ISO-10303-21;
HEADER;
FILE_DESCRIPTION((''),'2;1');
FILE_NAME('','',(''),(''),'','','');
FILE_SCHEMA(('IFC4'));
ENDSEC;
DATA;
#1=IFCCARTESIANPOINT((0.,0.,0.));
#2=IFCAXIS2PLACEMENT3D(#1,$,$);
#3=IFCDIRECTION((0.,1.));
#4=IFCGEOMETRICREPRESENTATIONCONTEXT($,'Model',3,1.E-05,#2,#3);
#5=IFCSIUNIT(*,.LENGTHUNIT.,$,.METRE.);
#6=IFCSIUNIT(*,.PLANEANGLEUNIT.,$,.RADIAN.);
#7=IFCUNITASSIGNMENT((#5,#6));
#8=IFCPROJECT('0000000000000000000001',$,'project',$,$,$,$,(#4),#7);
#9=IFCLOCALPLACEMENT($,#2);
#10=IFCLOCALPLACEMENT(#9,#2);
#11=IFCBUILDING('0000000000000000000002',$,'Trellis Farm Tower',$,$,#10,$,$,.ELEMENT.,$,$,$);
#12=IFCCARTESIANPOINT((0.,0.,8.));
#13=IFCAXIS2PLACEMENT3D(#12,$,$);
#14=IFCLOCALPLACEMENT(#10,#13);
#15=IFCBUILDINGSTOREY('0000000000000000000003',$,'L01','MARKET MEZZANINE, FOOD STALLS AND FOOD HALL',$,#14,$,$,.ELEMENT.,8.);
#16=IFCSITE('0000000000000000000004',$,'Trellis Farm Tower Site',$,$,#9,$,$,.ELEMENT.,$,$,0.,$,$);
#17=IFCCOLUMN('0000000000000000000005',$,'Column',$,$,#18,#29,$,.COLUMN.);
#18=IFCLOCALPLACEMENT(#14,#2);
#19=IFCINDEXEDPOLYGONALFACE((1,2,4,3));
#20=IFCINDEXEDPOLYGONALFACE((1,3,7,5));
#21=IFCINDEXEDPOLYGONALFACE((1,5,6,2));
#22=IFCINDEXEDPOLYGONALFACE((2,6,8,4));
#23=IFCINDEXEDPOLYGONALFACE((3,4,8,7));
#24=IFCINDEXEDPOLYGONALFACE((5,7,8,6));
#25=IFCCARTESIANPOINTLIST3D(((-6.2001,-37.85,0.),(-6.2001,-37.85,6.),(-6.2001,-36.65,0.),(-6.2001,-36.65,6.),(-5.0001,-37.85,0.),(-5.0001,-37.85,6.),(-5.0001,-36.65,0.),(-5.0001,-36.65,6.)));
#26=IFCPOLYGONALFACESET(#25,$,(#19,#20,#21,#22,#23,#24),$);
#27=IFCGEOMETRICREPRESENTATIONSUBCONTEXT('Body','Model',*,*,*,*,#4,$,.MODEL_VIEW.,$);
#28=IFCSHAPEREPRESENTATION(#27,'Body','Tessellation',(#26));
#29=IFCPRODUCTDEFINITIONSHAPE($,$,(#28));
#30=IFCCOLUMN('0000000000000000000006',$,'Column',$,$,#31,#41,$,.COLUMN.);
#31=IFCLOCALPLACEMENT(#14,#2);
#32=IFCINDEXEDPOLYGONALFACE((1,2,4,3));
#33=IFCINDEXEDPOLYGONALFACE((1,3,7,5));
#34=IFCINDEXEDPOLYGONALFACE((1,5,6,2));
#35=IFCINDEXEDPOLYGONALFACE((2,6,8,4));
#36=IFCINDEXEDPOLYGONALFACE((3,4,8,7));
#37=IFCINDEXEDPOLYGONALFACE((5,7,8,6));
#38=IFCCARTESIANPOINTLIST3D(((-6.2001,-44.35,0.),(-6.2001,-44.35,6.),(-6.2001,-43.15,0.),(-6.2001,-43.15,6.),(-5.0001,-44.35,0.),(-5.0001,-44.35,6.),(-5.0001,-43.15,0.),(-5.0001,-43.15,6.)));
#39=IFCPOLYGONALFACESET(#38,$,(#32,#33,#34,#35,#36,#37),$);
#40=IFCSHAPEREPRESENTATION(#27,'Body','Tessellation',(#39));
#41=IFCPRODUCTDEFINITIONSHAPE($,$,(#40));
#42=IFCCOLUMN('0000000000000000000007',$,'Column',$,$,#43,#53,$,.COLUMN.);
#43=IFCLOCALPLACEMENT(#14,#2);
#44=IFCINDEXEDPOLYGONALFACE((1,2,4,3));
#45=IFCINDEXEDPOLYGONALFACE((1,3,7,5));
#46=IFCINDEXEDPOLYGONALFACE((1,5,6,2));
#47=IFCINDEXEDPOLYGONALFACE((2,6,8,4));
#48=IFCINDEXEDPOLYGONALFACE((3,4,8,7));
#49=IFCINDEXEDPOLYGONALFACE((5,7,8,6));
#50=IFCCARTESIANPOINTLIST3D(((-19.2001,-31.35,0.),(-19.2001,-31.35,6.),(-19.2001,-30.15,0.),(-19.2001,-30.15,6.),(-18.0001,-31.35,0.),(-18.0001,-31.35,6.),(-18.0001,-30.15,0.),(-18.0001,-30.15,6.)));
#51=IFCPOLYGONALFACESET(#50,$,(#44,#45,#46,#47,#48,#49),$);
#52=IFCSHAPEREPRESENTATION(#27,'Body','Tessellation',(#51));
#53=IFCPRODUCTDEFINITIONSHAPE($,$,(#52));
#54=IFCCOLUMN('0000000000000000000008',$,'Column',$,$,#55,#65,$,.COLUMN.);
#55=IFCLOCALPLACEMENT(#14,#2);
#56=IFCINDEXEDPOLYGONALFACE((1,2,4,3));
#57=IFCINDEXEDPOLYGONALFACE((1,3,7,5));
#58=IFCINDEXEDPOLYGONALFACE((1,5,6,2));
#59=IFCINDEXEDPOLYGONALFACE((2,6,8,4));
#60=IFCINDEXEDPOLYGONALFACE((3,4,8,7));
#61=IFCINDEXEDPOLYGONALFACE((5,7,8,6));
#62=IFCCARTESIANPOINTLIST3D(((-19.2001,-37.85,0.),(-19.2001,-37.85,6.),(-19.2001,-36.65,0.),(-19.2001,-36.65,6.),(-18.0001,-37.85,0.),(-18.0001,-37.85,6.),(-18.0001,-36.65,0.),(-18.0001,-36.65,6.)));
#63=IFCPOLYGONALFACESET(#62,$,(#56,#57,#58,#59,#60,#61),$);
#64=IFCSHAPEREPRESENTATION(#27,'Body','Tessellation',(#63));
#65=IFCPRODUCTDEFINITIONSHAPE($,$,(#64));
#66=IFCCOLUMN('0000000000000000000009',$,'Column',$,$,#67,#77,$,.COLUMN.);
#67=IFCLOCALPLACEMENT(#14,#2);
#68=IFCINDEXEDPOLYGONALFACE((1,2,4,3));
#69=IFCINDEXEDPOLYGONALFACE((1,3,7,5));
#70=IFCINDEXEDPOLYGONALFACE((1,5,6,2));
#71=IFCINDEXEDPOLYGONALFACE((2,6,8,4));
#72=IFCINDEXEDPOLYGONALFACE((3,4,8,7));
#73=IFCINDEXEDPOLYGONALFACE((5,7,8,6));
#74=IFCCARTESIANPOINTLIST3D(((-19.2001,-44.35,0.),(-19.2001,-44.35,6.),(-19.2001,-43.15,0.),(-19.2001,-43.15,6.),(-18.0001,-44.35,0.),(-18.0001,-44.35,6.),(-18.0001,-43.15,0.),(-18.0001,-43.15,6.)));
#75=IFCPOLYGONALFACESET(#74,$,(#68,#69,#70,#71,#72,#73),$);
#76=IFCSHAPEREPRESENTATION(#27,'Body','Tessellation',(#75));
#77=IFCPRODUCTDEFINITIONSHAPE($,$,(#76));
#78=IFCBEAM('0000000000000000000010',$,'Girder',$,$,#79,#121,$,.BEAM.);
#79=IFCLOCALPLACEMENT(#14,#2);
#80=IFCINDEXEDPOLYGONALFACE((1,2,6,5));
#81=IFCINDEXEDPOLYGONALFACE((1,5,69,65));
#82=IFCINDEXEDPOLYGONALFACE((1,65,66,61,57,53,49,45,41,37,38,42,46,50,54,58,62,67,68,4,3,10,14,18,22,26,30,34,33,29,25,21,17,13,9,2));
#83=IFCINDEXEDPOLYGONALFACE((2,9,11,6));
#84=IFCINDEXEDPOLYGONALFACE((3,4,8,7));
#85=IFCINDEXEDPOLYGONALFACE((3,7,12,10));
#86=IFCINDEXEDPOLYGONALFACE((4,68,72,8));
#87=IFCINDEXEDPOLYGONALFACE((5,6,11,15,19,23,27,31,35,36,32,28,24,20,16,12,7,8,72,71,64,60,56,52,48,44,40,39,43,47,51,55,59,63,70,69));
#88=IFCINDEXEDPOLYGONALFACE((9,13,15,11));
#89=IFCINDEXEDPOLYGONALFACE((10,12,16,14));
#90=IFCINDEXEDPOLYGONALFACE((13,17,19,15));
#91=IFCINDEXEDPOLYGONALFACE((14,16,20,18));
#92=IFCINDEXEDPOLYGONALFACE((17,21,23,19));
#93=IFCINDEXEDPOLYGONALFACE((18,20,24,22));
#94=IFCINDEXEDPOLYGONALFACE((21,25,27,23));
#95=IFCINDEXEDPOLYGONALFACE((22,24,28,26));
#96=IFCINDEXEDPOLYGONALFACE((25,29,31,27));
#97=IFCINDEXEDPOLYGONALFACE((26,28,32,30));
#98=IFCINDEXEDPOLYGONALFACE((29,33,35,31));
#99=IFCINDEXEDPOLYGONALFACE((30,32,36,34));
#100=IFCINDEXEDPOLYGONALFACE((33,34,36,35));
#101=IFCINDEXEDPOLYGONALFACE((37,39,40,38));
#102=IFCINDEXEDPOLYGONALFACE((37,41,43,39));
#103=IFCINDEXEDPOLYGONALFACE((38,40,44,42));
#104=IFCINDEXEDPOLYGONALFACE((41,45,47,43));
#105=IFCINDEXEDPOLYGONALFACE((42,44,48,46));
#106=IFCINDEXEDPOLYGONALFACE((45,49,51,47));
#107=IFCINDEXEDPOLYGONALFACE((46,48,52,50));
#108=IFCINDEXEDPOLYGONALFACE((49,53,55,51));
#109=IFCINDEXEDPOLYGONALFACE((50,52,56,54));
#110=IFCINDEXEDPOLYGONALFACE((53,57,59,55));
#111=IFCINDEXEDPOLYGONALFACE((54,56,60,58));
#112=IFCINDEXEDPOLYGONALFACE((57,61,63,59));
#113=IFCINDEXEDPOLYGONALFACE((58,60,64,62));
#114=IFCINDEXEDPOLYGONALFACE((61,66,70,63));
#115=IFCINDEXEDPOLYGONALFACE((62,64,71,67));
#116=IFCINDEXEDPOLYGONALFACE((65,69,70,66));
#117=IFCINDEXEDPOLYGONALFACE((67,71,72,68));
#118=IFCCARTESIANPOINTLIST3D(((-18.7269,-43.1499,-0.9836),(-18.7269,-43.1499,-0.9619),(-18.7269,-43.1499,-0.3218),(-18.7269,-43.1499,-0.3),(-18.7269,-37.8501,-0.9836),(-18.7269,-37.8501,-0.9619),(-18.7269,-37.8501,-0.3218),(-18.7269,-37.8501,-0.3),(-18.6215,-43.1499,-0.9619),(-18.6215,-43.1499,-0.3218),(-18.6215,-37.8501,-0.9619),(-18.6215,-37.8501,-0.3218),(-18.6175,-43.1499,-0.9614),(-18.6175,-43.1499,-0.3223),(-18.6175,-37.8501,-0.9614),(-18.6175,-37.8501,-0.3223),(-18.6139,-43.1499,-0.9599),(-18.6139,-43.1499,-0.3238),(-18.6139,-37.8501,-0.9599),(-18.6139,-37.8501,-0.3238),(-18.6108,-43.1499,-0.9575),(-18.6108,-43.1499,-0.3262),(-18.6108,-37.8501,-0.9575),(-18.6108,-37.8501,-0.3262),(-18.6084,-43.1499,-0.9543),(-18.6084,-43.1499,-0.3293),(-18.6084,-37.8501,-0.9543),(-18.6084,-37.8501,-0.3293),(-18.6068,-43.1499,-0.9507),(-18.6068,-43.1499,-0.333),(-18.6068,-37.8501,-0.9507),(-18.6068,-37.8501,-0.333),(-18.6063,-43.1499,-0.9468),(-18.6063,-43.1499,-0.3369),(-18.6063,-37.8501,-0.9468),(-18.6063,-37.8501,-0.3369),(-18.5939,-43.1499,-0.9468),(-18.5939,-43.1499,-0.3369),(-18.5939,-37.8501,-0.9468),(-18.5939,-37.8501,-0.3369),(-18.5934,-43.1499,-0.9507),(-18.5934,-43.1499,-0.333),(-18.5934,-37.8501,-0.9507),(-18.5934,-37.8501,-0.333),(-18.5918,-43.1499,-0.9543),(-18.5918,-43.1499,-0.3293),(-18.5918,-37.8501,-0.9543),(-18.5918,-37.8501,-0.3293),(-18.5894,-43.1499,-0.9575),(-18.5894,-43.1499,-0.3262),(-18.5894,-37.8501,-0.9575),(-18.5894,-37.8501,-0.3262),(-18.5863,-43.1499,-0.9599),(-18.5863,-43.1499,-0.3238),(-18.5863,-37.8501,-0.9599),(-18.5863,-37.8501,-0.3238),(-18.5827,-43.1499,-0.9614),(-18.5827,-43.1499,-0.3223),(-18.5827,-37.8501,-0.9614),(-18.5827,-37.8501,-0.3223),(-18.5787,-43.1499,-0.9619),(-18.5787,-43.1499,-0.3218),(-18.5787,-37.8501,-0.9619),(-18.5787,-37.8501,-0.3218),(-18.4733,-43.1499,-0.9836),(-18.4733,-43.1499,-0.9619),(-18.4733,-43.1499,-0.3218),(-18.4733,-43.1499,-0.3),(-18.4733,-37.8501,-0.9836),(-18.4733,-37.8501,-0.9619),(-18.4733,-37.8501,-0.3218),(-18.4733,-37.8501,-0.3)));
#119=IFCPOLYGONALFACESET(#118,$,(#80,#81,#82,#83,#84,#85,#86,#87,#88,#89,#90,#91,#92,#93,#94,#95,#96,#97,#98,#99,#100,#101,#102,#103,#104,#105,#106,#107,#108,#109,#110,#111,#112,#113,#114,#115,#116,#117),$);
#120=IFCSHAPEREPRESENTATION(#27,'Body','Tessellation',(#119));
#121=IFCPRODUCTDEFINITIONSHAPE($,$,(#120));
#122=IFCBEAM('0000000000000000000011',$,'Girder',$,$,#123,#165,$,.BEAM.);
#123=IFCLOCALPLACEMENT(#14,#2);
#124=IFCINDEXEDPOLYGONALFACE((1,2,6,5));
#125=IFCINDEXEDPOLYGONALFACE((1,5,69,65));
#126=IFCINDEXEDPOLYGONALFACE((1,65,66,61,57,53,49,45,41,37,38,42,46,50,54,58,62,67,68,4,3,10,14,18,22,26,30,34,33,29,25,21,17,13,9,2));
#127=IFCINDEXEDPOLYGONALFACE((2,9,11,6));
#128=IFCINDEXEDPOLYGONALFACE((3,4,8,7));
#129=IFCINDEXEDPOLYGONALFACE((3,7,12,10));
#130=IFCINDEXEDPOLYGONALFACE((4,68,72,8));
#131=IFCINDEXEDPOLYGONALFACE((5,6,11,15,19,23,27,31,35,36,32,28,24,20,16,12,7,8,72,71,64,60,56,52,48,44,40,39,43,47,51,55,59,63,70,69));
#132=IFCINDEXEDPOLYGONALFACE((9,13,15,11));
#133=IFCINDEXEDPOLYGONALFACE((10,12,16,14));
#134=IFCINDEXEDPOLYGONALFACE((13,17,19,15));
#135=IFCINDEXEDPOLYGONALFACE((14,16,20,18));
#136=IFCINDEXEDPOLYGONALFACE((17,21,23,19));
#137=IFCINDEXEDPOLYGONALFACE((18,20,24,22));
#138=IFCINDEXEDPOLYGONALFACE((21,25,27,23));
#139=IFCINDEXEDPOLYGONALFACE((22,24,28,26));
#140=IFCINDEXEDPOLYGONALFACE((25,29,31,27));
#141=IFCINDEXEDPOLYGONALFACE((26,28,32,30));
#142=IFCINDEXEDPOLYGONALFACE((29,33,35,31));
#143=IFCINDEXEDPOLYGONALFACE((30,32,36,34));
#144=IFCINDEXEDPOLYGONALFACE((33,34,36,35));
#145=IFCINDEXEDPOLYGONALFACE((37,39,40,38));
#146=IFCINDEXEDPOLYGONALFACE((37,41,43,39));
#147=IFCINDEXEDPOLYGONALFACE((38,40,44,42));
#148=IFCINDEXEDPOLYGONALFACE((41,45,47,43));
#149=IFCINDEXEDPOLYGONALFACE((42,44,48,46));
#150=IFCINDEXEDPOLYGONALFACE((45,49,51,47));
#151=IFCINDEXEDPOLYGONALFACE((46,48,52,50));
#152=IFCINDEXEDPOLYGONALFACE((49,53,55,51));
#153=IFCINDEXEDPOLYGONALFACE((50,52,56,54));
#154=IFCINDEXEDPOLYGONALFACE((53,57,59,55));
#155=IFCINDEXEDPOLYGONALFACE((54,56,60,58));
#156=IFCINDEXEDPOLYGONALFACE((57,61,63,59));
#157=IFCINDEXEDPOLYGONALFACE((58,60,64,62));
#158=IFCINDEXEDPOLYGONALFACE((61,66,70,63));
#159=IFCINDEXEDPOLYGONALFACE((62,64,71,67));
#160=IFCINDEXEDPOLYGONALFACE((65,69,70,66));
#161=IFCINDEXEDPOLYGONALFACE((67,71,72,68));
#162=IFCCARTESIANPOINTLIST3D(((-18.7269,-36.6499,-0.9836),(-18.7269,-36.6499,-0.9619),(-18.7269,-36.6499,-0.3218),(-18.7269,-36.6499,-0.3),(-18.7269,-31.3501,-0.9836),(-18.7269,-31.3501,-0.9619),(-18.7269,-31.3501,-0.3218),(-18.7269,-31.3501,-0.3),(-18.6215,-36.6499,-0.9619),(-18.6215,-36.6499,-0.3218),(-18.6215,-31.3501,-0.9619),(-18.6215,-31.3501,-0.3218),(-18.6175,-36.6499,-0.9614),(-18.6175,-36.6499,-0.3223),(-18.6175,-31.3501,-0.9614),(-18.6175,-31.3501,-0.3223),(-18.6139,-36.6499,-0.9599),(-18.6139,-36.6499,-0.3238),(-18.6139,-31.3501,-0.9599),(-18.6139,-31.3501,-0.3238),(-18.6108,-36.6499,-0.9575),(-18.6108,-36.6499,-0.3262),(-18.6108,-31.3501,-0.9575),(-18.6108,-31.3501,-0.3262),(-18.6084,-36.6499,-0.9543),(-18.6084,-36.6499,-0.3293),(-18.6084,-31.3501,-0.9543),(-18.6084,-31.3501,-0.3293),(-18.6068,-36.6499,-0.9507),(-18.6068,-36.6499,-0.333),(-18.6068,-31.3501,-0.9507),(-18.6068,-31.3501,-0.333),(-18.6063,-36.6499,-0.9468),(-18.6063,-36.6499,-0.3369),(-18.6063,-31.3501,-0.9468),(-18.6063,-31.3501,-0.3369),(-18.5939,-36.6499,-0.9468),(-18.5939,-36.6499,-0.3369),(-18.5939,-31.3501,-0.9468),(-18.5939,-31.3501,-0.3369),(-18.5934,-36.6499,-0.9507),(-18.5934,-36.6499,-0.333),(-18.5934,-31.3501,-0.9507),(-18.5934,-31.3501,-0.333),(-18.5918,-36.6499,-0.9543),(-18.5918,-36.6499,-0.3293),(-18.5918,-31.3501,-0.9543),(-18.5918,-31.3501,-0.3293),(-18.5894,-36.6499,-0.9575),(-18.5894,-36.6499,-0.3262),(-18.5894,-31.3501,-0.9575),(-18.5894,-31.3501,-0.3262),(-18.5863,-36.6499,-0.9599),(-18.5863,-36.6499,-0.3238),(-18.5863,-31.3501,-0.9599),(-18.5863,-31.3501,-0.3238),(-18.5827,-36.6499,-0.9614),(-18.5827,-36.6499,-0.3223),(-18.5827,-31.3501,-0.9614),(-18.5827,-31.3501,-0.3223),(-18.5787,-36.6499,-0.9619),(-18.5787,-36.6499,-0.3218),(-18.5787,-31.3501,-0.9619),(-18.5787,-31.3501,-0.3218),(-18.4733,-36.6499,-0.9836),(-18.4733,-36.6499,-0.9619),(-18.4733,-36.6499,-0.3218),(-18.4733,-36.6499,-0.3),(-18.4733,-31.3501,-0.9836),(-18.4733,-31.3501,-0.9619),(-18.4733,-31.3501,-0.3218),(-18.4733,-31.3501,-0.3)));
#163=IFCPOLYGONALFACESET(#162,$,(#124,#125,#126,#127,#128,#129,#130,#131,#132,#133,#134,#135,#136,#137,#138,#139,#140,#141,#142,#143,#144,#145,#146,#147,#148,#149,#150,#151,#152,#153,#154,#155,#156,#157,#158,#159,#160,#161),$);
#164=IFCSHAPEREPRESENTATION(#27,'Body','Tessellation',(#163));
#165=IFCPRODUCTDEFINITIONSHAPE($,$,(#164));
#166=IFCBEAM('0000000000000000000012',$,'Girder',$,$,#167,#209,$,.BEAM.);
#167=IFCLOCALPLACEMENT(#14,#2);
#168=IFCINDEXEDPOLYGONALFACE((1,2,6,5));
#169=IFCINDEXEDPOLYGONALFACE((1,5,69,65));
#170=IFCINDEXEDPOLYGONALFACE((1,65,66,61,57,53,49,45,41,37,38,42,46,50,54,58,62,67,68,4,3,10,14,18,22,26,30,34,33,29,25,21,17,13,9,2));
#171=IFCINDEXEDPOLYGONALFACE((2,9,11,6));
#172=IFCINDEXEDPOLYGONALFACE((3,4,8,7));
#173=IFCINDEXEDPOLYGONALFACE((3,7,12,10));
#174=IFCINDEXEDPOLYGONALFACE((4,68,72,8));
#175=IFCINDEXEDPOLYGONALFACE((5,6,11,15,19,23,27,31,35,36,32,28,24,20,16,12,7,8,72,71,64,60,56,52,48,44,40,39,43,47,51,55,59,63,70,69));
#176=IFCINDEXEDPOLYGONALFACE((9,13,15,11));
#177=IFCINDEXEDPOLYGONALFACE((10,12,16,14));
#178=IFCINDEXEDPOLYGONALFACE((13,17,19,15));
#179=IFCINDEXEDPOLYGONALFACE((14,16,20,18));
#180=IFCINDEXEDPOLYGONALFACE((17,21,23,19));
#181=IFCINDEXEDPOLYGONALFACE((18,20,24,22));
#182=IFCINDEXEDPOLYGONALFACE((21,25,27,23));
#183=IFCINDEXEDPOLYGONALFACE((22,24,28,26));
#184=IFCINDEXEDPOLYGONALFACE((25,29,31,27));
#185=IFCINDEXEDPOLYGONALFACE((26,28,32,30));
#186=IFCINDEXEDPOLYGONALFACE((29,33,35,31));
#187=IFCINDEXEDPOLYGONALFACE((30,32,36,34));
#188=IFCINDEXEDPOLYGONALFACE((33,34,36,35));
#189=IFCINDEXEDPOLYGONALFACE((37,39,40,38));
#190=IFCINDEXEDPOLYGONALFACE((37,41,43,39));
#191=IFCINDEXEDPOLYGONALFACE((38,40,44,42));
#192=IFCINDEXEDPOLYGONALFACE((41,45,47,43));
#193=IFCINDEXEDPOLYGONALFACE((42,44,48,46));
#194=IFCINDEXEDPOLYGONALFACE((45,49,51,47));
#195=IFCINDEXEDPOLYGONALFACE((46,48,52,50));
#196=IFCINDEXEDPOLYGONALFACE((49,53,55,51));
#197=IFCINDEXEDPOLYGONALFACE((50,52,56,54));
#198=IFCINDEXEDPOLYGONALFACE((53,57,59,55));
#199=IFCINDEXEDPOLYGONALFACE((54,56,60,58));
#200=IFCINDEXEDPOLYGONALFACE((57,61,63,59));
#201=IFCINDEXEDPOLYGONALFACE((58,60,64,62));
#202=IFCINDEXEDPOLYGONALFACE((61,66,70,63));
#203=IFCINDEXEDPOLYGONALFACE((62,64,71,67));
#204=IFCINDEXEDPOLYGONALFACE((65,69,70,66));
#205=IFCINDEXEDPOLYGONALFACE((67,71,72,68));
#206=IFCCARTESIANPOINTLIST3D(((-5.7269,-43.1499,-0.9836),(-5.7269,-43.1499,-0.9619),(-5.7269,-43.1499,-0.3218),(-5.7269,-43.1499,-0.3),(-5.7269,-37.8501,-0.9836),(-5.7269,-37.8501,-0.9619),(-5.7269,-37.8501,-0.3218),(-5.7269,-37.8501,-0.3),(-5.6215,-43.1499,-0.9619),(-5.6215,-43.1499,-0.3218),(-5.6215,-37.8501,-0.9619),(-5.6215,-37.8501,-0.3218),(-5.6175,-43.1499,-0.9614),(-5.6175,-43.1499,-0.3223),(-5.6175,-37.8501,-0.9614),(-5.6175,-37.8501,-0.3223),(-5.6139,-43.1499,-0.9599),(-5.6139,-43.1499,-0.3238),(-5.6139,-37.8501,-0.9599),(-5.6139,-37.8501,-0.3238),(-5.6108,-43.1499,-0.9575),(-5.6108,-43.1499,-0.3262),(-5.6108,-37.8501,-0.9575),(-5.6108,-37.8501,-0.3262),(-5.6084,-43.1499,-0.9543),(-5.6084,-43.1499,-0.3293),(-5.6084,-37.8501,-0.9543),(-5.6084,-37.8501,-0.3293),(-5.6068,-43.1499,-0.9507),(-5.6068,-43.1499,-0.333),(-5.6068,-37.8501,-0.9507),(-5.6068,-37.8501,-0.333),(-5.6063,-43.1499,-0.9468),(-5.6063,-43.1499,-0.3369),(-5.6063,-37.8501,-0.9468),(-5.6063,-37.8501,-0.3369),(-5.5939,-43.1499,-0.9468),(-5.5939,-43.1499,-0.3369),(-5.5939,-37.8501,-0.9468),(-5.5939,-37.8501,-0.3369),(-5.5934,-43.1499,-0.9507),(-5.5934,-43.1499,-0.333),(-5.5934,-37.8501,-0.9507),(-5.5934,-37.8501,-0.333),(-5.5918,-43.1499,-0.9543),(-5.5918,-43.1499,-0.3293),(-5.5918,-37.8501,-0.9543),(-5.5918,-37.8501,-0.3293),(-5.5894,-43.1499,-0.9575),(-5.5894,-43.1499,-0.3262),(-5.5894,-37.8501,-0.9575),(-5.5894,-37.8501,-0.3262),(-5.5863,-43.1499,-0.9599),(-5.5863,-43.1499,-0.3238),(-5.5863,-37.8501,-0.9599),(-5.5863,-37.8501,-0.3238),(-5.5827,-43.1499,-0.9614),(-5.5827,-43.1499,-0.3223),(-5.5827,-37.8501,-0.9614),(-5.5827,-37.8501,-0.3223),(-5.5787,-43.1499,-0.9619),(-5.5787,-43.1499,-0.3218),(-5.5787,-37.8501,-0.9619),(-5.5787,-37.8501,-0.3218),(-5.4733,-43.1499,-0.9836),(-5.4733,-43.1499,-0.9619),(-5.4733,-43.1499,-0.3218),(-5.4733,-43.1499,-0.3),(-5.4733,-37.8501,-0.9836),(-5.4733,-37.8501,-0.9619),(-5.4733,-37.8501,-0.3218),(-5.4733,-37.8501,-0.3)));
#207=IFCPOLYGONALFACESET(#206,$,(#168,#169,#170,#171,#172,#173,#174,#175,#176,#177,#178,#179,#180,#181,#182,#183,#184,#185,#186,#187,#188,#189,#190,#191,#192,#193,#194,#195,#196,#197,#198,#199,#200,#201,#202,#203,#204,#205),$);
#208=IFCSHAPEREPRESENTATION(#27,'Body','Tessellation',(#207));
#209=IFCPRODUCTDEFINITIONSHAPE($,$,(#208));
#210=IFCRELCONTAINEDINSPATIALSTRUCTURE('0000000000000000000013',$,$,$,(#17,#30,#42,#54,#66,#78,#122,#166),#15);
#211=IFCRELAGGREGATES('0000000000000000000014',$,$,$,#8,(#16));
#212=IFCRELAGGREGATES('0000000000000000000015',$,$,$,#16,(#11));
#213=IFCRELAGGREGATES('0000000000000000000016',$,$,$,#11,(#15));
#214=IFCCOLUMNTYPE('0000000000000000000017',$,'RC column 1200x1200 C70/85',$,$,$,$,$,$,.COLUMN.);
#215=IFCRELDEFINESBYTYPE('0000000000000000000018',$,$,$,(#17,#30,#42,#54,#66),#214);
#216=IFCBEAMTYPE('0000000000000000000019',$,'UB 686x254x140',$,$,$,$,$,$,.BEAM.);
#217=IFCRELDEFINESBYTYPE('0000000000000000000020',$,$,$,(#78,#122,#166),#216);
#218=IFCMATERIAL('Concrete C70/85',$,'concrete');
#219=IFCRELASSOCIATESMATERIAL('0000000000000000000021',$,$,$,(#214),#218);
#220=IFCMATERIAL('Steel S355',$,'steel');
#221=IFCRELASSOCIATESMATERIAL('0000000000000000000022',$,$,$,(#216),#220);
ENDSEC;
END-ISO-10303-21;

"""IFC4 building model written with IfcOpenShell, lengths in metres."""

from ifc_helpers import new_model, si_unit, direction, frame, origin, origin_2d, place, context, subcontext, project, spatial, rectangle, i_section, extrude, source, transform, mapped, material, material_profile, profile_set, type_object, element, save


model = new_model("IFC4")

# Units and contexts
model_context = context("Model", 3, precision=1e-05, world=origin(), true_north=direction((0.0, 1.0)))
body_context = subcontext(model_context, "Body", "Model", "MODEL_VIEW")
ifc_project = project(units=[si_unit("LENGTHUNIT", "METRE"), si_unit("PLANEANGLEUNIT", "RADIAN")], contexts=[model_context])

# Site, building, storey
site_placement = place(None, origin())
site = spatial("IfcSite", under=ifc_project, at=site_placement, Name="Trellis Farm Tower Site", CompositionType="ELEMENT", RefElevation=0.0)
building_placement = place(site_placement, origin())
building = spatial("IfcBuilding", under=site, at=building_placement, Name="Trellis Farm Tower", CompositionType="ELEMENT")
storey_placement = place(building_placement, frame((0.0, 0.0, 8.0)))
storey = spatial("IfcBuildingStorey", under=building, at=storey_placement, Name="L01", Description="MARKET MEZZANINE, FOOD STALLS AND FOOD HALL", CompositionType="ELEMENT", Elevation=8.0)

# Columns
ifc_material_1 = material(Name="Concrete C70/85", Category="concrete")
ifc_material_profile_1 = material_profile(ifc_material_1, rectangle(XDim=1.2, YDim=1.2, at=origin_2d()), Name="RC column 1200x1200 C70/85")
ifc_profile_set_1 = profile_set([ifc_material_profile_1], Name="Concrete C70/85")
column_type = type_object("IfcColumnType", Name="RC column 1200x1200 C70/85", PredefinedType="COLUMN", material=ifc_profile_set_1)
shared_shape_1 = source(origin(), body_context, "Body", "SweptSolid", [
    extrude(rectangle(XDim=1.2, YDim=1.2, at=origin_2d()), origin(), (0.0, 0.0, 1.0), 6.0),
])
for number, where, z_axis, x_axis, name in (
    (1, (-5.6001, -37.25, 0.0), (0.0, 0.0, 1.0), (1.0, 0.0, 0.0), "Column"),
    (2, (-5.6001, -43.75, 0.0), (0.0, 0.0, 1.0), (1.0, 0.0, 0.0), "Column"),
    (3, (-18.6001, -30.75, 0.0), (0.0, 0.0, 1.0), (1.0, 0.0, 0.0), "Column"),
    (4, (-18.6001, -37.25, 0.0), (0.0, 0.0, 1.0), (1.0, 0.0, 0.0), "Column"),
    (5, (-18.6001, -43.75, 0.0), (0.0, 0.0, 1.0), (1.0, 0.0, 0.0), "Column"),
):
    element("IfcColumn", number, at=place(storey_placement, frame(where, z_axis=z_axis, x_axis=x_axis)), inside=storey, type_object=column_type, Name=name, PredefinedType="COLUMN", context=body_context, shape_type="MappedRepresentation", body=[
        mapped(shared_shape_1, transform((0.0, 0.0, 0.0))),
    ])

# Beams
ifc_material_2 = material(Name="Steel S355", Category="steel")
ifc_material_profile_2 = material_profile(ifc_material_2, i_section(OverallWidth=0.2537, OverallDepth=0.6836, WebThickness=0.0125, FlangeThickness=0.0217, FilletRadius=0.0151, at=origin_2d()), Name="UB 686x254x140")
ifc_profile_set_2 = profile_set([ifc_material_profile_2], Name="Steel S355")
beam_type_1 = type_object("IfcBeamType", Name="UB 686x254x140", PredefinedType="BEAM", material=ifc_profile_set_2)
shared_shape_2 = source(origin(), body_context, "Body", "SweptSolid", [
    extrude(i_section(OverallWidth=0.2537, OverallDepth=0.6836, WebThickness=0.0125, FlangeThickness=0.0217, FilletRadius=0.0151, at=origin_2d()), origin(), (0.0, 0.0, 1.0), 5.2998),
])
for number, where, z_axis, x_axis, name in (
    (6, (-18.6001, -43.1499, -0.6418), (0.0, 1.0, 0.0), (-1.0, 0.0, 0.0), "Girder"),
    (7, (-18.6001, -36.6499, -0.6418), (0.0, 1.0, 0.0), (-1.0, 0.0, 0.0), "Girder"),
    (8, (-5.6001, -43.1499, -0.6418), (0.0, 1.0, 0.0), (-1.0, 0.0, 0.0), "Girder"),
):
    element("IfcBeam", number, at=place(storey_placement, frame(where, z_axis=z_axis, x_axis=x_axis)), inside=storey, type_object=beam_type_1, Name=name, PredefinedType="BEAM", context=body_context, shape_type="MappedRepresentation", body=[
        mapped(shared_shape_2, transform((0.0, 0.0, 0.0))),
    ])

save(model, "model.ifc")
